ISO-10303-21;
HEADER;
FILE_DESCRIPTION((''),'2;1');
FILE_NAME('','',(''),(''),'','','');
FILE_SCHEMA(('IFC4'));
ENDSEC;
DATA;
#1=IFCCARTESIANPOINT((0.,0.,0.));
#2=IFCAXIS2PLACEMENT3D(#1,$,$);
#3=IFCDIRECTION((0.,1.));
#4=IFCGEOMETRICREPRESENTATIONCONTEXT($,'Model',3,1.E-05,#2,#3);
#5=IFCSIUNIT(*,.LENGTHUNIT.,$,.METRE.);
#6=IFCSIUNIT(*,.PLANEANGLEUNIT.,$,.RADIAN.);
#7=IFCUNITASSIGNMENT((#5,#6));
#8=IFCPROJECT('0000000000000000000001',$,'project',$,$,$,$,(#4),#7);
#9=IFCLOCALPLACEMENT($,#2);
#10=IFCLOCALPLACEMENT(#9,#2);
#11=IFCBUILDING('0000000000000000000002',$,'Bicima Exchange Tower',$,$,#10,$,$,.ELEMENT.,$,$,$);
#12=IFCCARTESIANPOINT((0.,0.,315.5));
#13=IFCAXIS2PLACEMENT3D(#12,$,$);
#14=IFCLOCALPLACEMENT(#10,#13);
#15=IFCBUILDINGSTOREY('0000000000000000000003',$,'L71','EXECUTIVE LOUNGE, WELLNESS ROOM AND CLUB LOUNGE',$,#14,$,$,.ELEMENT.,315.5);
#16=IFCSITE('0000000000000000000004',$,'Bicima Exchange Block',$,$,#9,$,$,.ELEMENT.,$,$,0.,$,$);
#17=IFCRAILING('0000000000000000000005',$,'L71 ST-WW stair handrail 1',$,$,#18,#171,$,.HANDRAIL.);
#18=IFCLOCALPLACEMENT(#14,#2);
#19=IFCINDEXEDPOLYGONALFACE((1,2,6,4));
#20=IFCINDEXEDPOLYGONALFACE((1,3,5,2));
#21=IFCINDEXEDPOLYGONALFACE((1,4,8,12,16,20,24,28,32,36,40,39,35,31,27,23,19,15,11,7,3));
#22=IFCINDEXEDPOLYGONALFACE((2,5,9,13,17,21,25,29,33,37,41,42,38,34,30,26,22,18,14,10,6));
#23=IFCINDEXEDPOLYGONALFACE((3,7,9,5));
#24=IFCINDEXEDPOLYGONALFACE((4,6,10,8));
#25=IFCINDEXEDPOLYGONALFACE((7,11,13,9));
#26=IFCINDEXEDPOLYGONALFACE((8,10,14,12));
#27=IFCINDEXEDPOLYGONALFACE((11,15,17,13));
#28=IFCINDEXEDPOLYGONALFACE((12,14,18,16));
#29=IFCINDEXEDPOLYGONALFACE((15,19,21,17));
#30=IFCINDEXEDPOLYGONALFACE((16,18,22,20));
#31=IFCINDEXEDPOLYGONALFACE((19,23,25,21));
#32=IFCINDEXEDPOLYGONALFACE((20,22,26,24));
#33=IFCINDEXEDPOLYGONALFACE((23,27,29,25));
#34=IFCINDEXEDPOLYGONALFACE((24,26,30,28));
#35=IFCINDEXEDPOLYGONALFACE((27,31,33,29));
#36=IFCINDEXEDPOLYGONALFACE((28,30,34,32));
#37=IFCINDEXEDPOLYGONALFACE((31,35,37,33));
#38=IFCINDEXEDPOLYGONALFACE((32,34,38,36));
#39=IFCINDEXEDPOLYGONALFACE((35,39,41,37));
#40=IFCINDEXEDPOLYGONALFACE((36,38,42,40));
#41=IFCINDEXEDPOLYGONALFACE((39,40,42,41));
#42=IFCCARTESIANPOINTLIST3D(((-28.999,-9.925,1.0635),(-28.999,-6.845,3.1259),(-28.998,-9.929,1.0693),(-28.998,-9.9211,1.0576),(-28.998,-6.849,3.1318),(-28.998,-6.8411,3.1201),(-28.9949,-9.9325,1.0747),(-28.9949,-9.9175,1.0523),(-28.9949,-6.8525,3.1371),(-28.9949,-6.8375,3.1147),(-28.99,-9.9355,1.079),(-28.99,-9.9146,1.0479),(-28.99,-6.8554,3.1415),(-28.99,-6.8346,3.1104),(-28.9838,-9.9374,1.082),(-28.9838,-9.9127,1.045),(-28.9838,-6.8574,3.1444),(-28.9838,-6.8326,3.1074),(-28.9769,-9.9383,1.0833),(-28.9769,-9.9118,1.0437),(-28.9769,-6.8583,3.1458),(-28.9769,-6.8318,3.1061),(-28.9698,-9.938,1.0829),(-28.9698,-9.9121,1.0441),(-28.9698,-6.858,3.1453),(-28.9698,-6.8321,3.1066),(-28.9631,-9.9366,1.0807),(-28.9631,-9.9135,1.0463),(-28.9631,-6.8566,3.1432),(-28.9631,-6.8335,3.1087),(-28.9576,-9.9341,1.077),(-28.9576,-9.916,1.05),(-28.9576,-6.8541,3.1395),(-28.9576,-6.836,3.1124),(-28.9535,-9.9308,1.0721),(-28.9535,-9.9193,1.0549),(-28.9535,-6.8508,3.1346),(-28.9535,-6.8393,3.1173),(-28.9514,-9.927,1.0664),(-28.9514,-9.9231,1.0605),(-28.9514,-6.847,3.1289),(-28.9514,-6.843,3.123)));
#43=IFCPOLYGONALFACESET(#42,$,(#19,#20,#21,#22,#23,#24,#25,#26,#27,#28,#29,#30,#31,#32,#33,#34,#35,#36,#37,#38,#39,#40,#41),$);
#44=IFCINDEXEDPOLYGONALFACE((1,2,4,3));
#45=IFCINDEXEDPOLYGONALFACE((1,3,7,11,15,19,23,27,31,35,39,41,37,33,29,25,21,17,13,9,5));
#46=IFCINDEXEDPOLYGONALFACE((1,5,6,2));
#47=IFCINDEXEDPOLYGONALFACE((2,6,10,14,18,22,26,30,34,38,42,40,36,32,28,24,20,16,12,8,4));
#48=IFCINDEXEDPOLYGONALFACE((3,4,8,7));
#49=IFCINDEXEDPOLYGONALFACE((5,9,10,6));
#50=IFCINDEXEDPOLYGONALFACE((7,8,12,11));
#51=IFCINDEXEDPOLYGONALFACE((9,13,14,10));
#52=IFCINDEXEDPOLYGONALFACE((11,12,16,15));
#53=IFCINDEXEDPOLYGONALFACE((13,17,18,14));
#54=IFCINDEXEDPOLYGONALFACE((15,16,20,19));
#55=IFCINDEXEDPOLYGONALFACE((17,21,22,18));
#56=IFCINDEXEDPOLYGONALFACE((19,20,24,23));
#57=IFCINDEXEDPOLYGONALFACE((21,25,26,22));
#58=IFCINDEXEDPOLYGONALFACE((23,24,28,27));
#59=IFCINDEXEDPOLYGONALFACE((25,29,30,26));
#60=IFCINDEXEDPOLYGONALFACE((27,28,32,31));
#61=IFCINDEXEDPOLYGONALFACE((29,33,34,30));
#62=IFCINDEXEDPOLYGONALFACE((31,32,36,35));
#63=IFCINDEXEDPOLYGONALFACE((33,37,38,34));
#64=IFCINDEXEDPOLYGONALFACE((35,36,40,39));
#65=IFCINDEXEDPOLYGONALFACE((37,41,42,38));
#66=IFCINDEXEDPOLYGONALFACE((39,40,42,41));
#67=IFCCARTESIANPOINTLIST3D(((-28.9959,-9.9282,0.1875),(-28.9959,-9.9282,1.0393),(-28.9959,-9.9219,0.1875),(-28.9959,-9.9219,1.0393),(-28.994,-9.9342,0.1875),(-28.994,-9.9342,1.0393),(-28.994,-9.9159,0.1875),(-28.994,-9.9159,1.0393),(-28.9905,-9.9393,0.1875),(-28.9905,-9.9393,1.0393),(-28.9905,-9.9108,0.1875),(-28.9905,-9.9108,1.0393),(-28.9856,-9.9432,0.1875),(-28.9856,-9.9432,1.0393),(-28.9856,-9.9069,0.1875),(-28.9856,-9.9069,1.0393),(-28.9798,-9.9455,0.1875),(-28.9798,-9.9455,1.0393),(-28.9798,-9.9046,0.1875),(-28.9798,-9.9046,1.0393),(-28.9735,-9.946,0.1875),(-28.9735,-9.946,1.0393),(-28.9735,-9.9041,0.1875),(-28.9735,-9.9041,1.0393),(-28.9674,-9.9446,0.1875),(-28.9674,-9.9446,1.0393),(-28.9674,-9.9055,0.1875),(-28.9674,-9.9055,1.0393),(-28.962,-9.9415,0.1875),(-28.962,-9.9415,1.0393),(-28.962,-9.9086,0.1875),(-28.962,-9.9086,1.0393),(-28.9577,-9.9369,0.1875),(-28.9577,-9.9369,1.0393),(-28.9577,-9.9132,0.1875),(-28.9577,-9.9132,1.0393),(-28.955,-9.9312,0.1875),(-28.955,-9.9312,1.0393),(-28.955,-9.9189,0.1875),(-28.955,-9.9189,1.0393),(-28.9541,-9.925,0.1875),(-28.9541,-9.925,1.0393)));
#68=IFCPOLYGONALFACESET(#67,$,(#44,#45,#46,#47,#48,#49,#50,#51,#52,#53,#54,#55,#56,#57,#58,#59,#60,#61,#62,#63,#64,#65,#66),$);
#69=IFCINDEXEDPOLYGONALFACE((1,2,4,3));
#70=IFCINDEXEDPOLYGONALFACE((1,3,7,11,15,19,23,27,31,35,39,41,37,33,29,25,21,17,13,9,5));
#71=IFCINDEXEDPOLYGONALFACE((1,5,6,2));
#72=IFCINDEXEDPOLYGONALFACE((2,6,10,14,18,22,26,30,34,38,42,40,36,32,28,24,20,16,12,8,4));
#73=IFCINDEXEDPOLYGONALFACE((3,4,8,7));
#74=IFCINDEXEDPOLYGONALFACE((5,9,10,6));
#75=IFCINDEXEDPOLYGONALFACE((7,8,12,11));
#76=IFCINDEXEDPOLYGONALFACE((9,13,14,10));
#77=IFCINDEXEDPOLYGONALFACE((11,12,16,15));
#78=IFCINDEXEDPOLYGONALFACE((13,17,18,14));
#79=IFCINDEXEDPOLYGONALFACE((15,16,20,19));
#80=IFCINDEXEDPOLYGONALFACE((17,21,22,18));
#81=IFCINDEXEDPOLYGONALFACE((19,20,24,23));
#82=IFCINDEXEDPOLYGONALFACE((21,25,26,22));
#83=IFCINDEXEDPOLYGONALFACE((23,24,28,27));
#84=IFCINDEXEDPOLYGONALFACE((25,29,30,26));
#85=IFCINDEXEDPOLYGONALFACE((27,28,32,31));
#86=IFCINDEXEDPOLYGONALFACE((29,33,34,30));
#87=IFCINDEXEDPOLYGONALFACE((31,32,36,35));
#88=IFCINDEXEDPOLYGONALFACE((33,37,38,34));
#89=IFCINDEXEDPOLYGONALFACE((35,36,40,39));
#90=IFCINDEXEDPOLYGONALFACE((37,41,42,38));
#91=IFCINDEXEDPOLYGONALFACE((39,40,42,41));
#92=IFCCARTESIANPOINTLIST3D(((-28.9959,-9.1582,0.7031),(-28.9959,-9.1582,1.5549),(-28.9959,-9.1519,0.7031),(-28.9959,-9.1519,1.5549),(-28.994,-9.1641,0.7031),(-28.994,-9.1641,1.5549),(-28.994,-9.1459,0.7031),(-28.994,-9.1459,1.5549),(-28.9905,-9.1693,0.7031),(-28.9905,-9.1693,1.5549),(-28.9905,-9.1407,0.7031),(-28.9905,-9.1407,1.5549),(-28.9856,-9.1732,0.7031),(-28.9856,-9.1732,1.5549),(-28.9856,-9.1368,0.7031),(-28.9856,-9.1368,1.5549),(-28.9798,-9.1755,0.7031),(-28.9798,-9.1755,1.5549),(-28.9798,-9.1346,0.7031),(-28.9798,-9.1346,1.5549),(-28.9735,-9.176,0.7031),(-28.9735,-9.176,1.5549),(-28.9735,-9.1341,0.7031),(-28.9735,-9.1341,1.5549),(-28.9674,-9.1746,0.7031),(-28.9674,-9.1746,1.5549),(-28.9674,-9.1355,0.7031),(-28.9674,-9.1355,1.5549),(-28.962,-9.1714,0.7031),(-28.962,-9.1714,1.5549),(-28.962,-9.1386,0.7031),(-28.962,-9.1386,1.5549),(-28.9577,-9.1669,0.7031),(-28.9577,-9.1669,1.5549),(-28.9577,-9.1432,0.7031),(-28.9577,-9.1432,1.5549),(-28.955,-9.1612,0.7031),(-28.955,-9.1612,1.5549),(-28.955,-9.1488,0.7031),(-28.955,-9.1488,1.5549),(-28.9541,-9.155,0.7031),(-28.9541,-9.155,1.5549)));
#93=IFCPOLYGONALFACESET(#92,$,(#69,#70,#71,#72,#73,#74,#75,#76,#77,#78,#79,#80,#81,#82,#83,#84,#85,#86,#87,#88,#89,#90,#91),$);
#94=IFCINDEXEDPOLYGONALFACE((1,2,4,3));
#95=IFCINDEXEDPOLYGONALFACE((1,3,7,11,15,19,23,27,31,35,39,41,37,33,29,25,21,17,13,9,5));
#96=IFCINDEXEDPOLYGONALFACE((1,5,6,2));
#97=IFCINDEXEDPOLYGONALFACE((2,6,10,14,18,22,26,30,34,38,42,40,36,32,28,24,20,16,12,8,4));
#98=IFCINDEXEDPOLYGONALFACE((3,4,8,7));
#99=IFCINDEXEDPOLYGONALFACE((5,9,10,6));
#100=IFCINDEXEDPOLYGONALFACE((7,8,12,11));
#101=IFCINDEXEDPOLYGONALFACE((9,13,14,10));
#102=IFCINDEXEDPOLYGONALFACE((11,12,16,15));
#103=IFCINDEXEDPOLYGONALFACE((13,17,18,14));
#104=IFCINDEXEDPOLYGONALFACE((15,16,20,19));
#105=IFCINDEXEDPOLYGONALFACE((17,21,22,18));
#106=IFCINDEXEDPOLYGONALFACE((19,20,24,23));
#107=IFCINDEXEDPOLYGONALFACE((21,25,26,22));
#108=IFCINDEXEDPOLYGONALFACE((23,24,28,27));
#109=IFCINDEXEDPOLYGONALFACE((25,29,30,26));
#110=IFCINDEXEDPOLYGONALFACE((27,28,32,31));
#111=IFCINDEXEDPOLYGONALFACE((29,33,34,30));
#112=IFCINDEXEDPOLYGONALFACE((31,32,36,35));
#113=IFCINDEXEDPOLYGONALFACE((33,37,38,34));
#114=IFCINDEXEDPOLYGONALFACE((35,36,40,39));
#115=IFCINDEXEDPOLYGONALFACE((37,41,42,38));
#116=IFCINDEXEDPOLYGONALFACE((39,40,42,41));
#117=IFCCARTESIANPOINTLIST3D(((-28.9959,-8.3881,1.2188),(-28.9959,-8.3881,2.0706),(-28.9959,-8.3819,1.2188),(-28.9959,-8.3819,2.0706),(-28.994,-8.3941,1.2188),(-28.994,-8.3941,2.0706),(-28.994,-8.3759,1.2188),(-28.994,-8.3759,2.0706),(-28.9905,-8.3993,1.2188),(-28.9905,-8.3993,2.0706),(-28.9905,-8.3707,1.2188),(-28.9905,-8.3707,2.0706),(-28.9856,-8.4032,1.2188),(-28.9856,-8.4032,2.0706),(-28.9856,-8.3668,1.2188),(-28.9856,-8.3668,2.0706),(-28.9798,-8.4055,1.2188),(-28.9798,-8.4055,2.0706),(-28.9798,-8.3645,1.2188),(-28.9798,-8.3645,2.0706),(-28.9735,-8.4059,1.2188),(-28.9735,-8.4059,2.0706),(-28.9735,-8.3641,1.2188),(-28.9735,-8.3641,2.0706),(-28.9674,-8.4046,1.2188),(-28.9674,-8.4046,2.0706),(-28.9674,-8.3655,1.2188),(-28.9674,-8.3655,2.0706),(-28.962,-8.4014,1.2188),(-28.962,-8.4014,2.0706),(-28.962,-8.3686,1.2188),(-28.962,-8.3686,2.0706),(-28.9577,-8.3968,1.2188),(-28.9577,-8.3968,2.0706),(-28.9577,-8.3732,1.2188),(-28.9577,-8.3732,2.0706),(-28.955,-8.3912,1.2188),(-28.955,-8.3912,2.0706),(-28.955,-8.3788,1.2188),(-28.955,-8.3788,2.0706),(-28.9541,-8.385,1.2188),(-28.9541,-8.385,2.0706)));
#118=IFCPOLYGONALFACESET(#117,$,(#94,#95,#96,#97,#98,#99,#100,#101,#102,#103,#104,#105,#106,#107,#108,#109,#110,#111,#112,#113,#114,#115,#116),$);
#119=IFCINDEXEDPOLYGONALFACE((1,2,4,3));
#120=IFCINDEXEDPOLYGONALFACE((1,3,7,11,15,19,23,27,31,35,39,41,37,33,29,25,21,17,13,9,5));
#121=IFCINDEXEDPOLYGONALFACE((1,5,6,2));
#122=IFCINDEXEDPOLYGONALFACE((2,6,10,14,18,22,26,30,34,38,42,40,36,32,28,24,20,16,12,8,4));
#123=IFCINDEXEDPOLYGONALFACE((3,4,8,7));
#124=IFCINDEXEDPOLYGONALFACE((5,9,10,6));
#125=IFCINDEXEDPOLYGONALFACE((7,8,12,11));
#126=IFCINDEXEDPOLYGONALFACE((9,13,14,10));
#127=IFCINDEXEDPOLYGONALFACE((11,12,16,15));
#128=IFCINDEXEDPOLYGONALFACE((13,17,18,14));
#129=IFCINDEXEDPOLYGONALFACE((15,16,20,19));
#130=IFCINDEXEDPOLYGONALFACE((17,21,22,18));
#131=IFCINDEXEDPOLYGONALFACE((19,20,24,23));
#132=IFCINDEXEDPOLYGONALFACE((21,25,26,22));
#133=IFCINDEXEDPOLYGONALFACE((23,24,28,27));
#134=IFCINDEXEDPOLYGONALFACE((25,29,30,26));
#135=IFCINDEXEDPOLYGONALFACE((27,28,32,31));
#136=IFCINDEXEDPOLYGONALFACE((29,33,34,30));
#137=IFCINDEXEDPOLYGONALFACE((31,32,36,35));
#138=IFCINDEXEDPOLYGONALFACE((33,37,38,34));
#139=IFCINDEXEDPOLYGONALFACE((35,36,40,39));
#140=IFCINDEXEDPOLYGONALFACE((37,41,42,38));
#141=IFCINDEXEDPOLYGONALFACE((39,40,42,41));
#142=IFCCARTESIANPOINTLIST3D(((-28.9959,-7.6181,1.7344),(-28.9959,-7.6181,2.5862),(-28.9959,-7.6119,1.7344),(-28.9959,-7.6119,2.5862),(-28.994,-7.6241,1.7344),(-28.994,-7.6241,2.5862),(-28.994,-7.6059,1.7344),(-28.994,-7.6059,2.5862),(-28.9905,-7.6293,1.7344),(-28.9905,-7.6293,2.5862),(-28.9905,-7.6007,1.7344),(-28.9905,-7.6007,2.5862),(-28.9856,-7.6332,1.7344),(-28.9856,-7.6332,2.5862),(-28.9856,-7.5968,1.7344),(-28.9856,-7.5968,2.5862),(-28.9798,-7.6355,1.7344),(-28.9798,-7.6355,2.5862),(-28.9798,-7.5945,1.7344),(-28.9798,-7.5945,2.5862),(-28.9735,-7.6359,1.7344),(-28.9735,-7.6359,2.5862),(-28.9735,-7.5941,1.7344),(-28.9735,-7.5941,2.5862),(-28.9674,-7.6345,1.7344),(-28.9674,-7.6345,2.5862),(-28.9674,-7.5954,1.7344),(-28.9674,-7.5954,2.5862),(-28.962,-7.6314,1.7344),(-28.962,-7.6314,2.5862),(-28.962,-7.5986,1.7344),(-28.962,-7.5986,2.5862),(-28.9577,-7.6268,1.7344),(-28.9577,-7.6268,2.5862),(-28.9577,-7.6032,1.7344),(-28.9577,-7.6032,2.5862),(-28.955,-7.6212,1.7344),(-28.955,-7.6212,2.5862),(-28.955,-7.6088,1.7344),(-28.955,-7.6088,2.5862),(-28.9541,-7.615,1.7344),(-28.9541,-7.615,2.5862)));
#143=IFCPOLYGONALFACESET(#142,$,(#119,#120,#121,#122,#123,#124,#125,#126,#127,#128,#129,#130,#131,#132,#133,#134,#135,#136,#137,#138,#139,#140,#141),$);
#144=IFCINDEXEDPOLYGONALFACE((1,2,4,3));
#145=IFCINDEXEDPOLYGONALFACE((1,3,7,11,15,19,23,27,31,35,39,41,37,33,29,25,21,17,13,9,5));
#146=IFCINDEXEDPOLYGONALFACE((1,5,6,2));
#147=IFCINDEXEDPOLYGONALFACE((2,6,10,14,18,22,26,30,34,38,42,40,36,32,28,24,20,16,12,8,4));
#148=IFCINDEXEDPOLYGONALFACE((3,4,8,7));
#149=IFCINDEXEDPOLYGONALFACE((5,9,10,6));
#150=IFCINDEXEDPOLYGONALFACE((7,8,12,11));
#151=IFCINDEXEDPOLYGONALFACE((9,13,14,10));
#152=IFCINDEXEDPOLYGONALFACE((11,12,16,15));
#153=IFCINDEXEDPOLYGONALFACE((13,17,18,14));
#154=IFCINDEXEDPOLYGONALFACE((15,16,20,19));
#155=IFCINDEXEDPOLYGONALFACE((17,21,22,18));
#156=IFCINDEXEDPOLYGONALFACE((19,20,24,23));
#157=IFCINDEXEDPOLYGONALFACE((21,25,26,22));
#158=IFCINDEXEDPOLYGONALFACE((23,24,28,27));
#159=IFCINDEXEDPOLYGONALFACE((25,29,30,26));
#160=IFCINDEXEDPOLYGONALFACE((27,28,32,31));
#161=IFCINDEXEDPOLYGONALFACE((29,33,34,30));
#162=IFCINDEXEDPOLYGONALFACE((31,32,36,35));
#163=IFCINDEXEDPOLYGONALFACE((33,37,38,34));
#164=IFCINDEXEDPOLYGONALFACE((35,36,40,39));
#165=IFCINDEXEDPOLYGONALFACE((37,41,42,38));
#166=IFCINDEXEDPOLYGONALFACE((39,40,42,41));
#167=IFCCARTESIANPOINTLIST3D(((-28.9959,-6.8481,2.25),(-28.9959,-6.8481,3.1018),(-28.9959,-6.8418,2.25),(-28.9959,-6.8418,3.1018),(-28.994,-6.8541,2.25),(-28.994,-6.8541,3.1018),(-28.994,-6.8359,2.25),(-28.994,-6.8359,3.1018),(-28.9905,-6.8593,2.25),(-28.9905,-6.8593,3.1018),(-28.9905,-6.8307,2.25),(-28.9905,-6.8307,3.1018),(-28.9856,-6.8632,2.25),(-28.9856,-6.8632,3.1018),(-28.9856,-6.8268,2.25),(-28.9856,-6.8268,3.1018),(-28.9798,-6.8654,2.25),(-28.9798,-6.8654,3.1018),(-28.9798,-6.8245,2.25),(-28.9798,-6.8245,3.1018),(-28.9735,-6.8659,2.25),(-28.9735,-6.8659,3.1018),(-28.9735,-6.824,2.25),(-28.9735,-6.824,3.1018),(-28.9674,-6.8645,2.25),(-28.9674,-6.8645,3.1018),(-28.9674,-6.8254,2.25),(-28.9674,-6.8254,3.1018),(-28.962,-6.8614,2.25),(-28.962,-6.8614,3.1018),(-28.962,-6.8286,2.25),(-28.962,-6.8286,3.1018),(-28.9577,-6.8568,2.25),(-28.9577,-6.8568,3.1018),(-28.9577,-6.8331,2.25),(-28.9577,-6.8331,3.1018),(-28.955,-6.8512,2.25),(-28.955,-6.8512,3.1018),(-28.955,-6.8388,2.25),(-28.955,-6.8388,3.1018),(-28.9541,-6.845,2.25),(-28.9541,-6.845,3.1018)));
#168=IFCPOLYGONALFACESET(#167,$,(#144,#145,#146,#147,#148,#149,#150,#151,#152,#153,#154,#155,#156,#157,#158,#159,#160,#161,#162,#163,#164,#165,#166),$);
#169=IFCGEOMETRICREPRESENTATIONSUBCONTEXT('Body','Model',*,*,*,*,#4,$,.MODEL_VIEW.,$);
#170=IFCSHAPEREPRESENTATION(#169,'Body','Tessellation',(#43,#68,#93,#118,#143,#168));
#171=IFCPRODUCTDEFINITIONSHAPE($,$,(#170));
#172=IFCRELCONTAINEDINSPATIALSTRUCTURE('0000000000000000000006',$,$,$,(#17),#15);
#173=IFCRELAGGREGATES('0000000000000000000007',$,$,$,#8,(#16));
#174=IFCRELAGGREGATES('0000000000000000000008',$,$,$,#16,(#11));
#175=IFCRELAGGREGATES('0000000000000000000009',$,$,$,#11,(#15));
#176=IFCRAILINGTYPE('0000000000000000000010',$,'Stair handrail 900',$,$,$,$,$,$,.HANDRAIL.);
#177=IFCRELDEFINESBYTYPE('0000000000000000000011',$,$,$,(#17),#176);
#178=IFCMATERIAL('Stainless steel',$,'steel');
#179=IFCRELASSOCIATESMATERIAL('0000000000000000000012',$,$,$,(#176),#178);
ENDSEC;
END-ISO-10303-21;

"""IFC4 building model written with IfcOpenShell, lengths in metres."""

from ifc_helpers import new_model, si_unit, direction, frame, origin, origin_2d, place, context, subcontext, project, spatial, circle, extrude, material, type_object, element, save


model = new_model("IFC4")

# Units and contexts
model_context = context("Model", 3, precision=1e-05, world=origin(), true_north=direction((0.0, 1.0)))
body_context = subcontext(model_context, "Body", "Model", "MODEL_VIEW")
ifc_project = project(units=[si_unit("LENGTHUNIT", "METRE"), si_unit("PLANEANGLEUNIT", "RADIAN")], contexts=[model_context])

# Site, building, storey
site_placement = place(None, origin())
site = spatial("IfcSite", under=ifc_project, at=site_placement, Name="Bicima Exchange Block", CompositionType="ELEMENT", RefElevation=0.0)
building_placement = place(site_placement, origin())
building = spatial("IfcBuilding", under=site, at=building_placement, Name="Bicima Exchange Tower", CompositionType="ELEMENT")
storey_placement = place(building_placement, frame((0.0, 0.0, 315.5)))
storey = spatial("IfcBuildingStorey", under=building, at=storey_placement, Name="L71", Description="EXECUTIVE LOUNGE, WELLNESS ROOM AND CLUB LOUNGE", CompositionType="ELEMENT", Elevation=315.5)

# Railing
ifc_material_1 = material(Name="Stainless steel", Category="steel")
railing_type_1 = type_object("IfcRailingType", Name="Stair handrail 900", PredefinedType="HANDRAIL", material=ifc_material_1)
railing_1_placement = place(storey_placement, frame((-28.9751, -9.925, 0.1875)))
element("IfcRailing", 1, at=railing_1_placement, inside=storey, type_object=railing_type_1, Name="L71 ST-WW stair handrail 1", PredefinedType="HANDRAIL", context=body_context, shape_type="SweptSolid", body=[
    extrude(circle(Radius=0.0239, at=origin_2d()), frame((0.0, 0.0, 0.876), z_axis=(0.0, 0.830914, 0.556401), x_axis=(-1.0, 0.0, 0.0)), (0.0, 0.0, 1.0), 3.7068),
    extrude(circle(Radius=0.021, at=origin_2d()), origin(), (0.0, 0.0, 1.0), 0.8518),
    extrude(circle(Radius=0.021, at=origin_2d()), frame((0.0, 0.77, 0.5156)), (0.0, 0.0, 1.0), 0.8518),
    extrude(circle(Radius=0.021, at=origin_2d()), frame((0.0, 1.54, 1.0312)), (0.0, 0.0, 1.0), 0.8518),
    extrude(circle(Radius=0.021, at=origin_2d()), frame((0.0, 2.3101, 1.5469)), (0.0, 0.0, 1.0), 0.8518),
    extrude(circle(Radius=0.021, at=origin_2d()), frame((0.0, 3.0801, 2.0625)), (0.0, 0.0, 1.0), 0.8518),
])

save(model, "model.ifc")
